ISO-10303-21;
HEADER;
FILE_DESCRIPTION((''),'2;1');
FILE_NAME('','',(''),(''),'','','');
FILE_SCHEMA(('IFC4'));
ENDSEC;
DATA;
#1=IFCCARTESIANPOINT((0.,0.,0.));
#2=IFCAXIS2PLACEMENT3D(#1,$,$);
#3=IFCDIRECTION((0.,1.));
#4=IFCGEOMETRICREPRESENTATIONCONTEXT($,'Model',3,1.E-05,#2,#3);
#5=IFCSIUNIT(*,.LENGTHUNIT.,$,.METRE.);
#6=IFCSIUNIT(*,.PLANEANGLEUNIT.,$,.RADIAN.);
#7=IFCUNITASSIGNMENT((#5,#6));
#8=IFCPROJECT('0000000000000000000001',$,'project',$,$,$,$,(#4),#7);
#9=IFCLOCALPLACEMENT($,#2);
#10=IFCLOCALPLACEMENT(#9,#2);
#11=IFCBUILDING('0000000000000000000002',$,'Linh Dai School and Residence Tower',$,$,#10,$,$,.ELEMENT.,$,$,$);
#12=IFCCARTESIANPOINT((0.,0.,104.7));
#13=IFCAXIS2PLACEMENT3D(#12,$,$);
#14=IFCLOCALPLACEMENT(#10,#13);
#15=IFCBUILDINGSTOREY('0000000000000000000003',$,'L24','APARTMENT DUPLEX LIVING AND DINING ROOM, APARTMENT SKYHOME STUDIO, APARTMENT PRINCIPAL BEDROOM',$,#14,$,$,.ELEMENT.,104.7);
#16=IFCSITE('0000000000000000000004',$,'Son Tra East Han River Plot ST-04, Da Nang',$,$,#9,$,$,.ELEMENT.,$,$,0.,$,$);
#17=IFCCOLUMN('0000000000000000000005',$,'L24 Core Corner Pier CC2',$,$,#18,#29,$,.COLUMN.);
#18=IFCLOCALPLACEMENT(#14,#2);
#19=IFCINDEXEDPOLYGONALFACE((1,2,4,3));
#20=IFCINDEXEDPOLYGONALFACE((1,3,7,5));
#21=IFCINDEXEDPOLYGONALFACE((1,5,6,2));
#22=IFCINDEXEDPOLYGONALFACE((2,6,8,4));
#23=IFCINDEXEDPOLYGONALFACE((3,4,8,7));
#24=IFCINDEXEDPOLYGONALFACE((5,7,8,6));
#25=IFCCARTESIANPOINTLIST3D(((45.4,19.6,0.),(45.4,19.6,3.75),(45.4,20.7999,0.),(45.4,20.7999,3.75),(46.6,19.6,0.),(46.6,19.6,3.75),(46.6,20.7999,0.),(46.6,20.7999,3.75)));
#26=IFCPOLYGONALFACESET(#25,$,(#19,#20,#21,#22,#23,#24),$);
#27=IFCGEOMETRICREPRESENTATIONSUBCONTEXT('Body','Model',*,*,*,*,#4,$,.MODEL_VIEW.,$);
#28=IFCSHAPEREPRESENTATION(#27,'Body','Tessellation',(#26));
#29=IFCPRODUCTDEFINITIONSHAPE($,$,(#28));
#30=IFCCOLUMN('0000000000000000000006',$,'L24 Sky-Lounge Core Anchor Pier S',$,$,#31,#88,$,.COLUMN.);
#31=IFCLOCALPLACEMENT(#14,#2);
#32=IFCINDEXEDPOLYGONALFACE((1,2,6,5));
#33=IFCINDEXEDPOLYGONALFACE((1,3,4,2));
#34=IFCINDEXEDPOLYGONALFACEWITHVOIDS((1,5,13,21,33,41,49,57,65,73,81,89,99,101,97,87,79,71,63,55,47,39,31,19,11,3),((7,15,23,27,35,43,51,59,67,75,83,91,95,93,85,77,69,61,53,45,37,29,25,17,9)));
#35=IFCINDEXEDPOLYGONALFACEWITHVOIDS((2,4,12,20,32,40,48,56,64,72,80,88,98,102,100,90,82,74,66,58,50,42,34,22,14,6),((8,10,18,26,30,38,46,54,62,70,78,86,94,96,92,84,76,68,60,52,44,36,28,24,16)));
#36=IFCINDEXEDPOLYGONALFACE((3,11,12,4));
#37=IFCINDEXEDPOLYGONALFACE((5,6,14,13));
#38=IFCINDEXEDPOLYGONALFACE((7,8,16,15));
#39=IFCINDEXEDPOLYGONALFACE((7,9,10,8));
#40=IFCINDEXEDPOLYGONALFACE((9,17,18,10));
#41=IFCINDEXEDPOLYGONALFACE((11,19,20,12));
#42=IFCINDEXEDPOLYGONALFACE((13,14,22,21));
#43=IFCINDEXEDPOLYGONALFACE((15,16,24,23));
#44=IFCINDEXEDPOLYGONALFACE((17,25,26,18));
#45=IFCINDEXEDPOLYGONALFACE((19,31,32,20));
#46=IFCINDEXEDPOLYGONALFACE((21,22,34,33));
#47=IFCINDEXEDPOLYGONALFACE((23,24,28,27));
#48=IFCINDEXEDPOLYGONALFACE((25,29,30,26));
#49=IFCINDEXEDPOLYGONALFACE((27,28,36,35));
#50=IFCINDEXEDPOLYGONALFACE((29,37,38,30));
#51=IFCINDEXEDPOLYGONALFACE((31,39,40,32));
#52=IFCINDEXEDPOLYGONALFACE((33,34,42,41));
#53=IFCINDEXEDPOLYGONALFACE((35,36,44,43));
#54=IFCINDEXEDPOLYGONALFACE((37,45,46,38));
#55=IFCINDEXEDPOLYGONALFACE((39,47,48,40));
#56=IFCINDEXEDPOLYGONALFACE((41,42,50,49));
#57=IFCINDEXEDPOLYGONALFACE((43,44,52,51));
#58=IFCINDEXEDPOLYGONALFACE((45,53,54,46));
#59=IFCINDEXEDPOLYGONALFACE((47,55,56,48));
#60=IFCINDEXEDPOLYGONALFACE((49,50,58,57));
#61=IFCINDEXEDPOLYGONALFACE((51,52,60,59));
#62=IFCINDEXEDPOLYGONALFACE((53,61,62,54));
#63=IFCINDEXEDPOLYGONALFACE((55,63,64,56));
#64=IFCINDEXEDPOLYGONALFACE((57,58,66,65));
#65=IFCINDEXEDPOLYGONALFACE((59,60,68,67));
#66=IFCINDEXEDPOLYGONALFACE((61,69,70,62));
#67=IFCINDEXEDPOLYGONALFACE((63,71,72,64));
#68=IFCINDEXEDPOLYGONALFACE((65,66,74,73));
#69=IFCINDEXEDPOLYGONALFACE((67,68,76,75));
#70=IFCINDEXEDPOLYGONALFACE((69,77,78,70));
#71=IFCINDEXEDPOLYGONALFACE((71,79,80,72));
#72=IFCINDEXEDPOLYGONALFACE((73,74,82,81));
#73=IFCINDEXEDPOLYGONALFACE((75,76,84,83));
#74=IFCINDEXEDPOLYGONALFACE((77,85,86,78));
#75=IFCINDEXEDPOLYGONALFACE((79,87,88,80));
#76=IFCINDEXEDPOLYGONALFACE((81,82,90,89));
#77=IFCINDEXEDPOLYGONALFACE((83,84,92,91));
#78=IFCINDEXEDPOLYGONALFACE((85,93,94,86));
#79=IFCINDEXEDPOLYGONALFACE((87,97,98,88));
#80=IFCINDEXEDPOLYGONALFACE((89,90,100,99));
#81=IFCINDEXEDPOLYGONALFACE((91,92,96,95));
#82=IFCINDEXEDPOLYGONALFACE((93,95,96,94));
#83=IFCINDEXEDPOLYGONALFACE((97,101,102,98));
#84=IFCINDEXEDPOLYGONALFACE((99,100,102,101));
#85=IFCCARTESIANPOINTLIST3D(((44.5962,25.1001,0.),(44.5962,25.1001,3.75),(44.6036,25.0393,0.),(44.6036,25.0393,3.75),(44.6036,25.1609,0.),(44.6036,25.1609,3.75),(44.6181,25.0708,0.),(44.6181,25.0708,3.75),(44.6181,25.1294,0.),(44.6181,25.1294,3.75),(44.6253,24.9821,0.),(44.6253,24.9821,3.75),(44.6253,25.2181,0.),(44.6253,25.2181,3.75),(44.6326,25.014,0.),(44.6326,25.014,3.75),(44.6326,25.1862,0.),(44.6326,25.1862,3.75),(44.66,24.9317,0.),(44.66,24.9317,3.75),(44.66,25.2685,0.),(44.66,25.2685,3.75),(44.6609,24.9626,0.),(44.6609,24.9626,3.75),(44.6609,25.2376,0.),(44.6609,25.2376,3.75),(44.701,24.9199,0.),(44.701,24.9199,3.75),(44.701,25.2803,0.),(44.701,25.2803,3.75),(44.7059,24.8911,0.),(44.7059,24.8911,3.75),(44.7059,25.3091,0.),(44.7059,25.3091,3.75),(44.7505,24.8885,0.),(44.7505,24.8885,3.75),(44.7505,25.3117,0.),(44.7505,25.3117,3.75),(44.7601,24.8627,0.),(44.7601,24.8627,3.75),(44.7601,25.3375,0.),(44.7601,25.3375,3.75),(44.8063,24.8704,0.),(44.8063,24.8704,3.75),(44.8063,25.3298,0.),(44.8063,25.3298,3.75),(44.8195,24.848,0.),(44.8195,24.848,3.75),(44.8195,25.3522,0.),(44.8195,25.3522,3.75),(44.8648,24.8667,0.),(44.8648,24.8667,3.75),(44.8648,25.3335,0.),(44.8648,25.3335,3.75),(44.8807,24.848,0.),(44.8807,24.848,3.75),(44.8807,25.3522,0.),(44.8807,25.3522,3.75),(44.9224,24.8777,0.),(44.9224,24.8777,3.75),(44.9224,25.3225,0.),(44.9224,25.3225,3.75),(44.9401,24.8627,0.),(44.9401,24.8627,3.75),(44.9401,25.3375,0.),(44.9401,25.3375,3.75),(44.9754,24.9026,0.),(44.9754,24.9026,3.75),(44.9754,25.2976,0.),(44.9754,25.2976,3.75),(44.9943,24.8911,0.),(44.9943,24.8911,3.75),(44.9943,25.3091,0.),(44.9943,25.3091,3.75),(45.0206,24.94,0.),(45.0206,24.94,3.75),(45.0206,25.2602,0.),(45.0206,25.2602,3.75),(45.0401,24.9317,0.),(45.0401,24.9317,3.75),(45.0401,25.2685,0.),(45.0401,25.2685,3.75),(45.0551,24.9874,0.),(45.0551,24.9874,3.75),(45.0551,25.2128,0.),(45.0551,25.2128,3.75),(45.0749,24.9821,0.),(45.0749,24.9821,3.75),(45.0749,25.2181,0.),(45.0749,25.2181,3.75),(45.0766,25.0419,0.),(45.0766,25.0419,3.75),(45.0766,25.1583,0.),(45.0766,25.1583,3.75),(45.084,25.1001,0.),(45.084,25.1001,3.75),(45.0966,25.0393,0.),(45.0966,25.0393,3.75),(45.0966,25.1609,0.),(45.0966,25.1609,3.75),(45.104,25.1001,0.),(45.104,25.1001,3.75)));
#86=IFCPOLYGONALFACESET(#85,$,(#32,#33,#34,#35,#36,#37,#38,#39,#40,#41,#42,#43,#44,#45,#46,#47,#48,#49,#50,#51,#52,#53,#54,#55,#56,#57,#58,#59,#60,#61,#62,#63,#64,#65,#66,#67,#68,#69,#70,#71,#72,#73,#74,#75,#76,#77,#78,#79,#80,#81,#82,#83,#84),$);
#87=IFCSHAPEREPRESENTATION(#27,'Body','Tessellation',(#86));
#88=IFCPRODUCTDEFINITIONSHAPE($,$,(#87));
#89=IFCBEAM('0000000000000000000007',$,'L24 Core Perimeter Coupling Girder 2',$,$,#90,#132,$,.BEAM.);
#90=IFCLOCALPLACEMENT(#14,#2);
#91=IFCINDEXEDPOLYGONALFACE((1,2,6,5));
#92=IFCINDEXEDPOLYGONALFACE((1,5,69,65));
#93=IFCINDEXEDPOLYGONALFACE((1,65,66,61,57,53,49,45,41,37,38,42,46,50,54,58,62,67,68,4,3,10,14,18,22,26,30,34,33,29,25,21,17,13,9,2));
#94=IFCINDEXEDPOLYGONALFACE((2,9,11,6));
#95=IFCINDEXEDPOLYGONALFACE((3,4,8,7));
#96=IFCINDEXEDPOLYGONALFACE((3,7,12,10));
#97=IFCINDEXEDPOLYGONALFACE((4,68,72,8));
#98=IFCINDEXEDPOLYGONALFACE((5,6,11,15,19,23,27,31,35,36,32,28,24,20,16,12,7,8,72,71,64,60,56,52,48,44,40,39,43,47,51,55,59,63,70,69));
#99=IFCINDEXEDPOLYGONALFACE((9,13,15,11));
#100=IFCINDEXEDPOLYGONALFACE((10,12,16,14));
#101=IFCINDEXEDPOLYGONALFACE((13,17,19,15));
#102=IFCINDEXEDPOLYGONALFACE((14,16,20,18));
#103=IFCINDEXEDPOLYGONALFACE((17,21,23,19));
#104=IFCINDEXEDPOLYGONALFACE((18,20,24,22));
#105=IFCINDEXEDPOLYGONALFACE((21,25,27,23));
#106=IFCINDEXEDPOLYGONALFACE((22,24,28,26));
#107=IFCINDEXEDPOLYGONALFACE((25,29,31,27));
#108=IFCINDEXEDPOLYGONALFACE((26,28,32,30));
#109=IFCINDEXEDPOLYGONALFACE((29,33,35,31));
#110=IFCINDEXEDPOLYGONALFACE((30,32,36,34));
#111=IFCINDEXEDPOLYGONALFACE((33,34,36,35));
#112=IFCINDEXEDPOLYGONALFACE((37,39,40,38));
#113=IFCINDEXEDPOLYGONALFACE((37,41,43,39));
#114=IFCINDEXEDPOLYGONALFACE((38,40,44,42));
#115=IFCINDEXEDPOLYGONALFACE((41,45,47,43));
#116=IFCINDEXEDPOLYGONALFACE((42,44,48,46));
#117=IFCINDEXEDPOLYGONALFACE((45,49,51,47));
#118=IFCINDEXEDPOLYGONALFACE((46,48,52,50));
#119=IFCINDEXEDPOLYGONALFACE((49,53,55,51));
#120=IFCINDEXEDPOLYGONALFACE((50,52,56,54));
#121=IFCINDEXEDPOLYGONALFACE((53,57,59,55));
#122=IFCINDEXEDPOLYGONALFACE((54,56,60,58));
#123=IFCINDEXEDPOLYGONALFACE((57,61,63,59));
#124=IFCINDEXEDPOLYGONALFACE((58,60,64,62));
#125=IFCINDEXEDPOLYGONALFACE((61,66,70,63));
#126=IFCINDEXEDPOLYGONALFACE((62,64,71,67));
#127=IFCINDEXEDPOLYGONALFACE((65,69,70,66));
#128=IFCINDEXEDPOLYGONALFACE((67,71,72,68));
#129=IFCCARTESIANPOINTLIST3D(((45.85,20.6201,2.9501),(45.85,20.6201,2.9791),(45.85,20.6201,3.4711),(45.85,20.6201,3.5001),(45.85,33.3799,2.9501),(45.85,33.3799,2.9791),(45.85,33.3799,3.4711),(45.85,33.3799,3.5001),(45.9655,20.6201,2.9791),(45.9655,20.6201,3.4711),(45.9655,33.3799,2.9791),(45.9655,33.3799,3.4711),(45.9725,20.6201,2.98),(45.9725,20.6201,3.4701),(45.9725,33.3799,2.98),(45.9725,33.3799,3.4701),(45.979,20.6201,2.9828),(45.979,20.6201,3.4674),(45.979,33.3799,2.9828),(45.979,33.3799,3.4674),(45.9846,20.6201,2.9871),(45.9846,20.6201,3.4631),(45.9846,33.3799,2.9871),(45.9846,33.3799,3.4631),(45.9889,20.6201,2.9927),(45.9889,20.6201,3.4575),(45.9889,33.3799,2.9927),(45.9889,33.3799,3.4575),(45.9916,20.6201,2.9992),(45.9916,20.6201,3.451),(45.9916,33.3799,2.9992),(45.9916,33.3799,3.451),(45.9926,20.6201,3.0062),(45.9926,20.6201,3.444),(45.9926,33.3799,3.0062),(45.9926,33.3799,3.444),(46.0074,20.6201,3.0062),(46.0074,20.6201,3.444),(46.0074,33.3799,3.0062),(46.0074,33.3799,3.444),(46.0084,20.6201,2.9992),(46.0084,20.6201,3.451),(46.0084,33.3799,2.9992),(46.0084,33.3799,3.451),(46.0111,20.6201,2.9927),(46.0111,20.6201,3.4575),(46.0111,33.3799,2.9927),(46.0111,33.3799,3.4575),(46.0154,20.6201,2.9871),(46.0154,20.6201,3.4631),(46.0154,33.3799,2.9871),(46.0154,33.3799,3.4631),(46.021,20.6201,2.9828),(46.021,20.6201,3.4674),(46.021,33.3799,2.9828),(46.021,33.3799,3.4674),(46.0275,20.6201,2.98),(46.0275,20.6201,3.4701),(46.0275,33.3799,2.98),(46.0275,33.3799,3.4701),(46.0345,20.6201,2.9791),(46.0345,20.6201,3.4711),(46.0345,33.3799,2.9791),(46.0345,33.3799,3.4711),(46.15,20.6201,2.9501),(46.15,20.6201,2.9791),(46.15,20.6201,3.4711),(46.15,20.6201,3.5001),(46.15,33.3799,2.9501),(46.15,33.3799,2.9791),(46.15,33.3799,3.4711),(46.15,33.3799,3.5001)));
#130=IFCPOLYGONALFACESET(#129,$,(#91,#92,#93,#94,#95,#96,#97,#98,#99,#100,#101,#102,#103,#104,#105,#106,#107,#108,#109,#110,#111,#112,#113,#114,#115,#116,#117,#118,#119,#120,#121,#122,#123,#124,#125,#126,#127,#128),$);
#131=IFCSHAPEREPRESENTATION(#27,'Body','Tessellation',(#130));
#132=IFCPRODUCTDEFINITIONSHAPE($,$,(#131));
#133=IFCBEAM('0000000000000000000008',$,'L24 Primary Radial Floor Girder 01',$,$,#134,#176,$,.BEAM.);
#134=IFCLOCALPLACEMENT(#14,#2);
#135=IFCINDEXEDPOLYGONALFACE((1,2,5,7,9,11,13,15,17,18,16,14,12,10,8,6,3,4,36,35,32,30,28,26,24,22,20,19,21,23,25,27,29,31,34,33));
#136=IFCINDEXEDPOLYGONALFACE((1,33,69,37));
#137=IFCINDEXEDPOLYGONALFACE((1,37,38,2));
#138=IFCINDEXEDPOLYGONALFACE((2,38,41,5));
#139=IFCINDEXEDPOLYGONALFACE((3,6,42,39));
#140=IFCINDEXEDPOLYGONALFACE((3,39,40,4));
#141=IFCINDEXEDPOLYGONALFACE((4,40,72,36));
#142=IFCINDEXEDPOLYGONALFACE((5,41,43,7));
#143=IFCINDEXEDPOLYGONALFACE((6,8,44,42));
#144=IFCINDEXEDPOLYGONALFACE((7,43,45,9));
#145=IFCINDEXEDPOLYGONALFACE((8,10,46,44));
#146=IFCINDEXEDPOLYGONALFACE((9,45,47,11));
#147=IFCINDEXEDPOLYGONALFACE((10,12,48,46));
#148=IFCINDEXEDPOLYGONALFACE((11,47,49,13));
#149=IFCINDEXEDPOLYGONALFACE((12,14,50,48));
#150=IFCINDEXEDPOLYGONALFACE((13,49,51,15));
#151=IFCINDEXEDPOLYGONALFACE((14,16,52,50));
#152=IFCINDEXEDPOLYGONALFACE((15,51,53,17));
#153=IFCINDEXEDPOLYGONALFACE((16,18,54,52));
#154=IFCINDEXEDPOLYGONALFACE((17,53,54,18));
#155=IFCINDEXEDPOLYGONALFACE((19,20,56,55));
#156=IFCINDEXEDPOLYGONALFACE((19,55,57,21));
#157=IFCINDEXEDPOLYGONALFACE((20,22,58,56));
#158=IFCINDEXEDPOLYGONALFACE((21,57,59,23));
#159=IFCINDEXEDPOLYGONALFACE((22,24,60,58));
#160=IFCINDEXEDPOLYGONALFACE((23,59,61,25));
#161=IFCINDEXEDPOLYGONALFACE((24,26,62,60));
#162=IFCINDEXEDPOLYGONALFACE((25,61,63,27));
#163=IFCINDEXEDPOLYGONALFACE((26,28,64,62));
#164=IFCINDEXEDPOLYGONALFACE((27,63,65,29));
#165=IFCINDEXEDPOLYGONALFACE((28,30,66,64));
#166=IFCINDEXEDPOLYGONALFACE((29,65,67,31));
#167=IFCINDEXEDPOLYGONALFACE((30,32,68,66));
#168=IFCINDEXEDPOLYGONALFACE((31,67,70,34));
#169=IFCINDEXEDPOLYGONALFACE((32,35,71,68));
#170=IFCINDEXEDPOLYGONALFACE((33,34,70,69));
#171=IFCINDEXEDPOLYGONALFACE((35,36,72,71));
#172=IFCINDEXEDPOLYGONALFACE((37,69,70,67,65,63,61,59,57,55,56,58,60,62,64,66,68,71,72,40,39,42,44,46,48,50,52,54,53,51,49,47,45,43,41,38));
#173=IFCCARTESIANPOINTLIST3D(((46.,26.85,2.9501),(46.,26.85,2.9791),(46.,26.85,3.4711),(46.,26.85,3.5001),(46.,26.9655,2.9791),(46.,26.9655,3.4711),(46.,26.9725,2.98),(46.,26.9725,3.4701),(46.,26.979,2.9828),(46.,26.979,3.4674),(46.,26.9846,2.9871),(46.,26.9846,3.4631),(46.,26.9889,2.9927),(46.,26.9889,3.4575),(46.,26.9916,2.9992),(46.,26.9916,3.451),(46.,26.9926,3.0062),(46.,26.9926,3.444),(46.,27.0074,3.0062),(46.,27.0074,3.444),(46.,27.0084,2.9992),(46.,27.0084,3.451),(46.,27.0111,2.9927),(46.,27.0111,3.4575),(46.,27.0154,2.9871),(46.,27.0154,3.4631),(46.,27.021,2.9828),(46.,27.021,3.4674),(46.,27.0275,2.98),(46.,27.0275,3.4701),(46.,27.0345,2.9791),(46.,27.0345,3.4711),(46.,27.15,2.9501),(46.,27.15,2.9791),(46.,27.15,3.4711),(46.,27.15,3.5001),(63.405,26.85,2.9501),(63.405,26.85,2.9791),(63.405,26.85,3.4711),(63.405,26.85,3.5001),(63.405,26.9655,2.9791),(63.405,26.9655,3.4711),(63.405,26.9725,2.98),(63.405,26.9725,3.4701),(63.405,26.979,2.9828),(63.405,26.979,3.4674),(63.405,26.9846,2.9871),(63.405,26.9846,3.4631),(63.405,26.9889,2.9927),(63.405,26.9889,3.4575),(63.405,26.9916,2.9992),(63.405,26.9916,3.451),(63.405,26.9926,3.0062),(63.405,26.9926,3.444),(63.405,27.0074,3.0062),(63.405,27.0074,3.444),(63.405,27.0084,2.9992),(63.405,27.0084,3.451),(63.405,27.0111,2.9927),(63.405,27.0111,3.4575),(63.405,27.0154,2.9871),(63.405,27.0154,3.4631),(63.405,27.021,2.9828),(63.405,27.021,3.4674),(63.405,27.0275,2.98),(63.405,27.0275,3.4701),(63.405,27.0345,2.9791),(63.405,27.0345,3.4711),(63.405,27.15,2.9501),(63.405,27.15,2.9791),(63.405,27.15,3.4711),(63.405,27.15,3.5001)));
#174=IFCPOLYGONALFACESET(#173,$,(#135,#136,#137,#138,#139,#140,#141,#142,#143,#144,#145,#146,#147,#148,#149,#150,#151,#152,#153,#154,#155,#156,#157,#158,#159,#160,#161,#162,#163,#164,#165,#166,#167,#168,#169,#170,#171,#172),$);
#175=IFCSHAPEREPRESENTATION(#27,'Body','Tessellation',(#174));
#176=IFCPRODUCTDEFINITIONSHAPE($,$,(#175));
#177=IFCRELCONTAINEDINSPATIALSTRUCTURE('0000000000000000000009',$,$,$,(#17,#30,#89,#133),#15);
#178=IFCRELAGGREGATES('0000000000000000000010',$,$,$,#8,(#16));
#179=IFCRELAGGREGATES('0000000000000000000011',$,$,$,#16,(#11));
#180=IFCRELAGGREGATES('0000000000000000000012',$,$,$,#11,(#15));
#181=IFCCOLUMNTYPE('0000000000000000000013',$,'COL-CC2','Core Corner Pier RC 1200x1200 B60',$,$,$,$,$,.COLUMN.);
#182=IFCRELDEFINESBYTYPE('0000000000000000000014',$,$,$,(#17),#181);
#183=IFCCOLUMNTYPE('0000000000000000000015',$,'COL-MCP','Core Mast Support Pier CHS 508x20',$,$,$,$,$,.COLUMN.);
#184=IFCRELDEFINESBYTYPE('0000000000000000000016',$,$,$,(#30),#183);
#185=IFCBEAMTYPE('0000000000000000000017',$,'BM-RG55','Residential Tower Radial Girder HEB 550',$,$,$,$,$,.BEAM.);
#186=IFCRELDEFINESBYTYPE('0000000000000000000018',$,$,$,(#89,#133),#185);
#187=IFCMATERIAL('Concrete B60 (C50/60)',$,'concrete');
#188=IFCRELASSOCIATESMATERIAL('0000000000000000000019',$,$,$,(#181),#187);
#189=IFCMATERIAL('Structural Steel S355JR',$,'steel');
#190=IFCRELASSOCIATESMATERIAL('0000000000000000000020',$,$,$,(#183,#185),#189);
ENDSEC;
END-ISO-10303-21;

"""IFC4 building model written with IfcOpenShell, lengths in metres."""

from ifc_helpers import new_model, si_unit, direction, frame, origin, origin_2d, place, context, subcontext, project, spatial, rectangle, hollow_circle, i_section, extrude, material, material_profile, profile_set, type_object, element, save


model = new_model("IFC4")

# Units and contexts
model_context = context("Model", 3, precision=1e-05, world=origin(), true_north=direction((0.0, 1.0)))
body_context = subcontext(model_context, "Body", "Model", "MODEL_VIEW")
ifc_project = project(units=[si_unit("LENGTHUNIT", "METRE"), si_unit("PLANEANGLEUNIT", "RADIAN")], contexts=[model_context])

# Site, building, storey
site_placement = place(None, origin())
site = spatial("IfcSite", under=ifc_project, at=site_placement, Name="Son Tra East Han River Plot ST-04, Da Nang", CompositionType="ELEMENT", RefElevation=0.0)
building_placement = place(site_placement, origin())
building = spatial("IfcBuilding", under=site, at=building_placement, Name="Linh Dai School and Residence Tower", CompositionType="ELEMENT")
storey_placement = place(building_placement, frame((0.0, 0.0, 104.7)))
storey = spatial("IfcBuildingStorey", under=building, at=storey_placement, Name="L24", Description="APARTMENT DUPLEX LIVING AND DINING ROOM, APARTMENT SKYHOME STUDIO, APARTMENT PRINCIPAL BEDROOM", CompositionType="ELEMENT", Elevation=104.7)

# Columns
ifc_material_1 = material(Name="Concrete B60 (C50/60)", Category="concrete")
ifc_material_profile_1 = material_profile(ifc_material_1, rectangle(XDim=1.2, YDim=1.2, at=origin_2d()), Name="RC 1200x1200")
ifc_profile_set_1 = profile_set([ifc_material_profile_1], Name="Concrete B60 (C50/60)")
column_type_1 = type_object("IfcColumnType", Name="COL-CC2", Description="Core Corner Pier RC 1200x1200 B60", PredefinedType="COLUMN", material=ifc_profile_set_1)
column_1_placement = place(storey_placement, frame((46.0, 20.2, 0.0), z_axis=(0.0, 0.0, 1.0), x_axis=(1.0, 0.0, 0.0)))
element("IfcColumn", 1, at=column_1_placement, inside=storey, type_object=column_type_1, Name="L24 Core Corner Pier CC2", PredefinedType="COLUMN", context=body_context, shape_type="SweptSolid", body=[
    extrude(rectangle(XDim=1.2, YDim=1.2, at=origin_2d()), origin(), (0.0, 0.0, 1.0), 3.75),
])
ifc_material_2 = material(Name="Structural Steel S355JR", Category="steel")
ifc_material_profile_2 = material_profile(ifc_material_2, hollow_circle(Radius=0.2539, WallThickness=0.02, at=origin_2d()), Name="CHS 508x20")
ifc_profile_set_2 = profile_set([ifc_material_profile_2], Name="Structural Steel S355JR")
column_type_2 = type_object("IfcColumnType", Name="COL-MCP", Description="Core Mast Support Pier CHS 508x20", PredefinedType="COLUMN", material=ifc_profile_set_2)
column_2_placement = place(storey_placement, frame((44.8501, 25.1001, 0.0), z_axis=(0.0, 0.0, 1.0), x_axis=(1.0, 0.0, 0.0)))
element("IfcColumn", 2, at=column_2_placement, inside=storey, type_object=column_type_2, Name="L24 Sky-Lounge Core Anchor Pier S", PredefinedType="COLUMN", context=body_context, shape_type="SweptSolid", body=[
    extrude(hollow_circle(Radius=0.2539, WallThickness=0.02, at=origin_2d()), origin(), (0.0, 0.0, 1.0), 3.75),
])

# Beams
ifc_material_profile_3 = material_profile(ifc_material_2, i_section(OverallWidth=0.3, OverallDepth=0.55, WebThickness=0.0149, FlangeThickness=0.0291, FilletRadius=0.0271, at=origin_2d()), Name="HEB 550")
ifc_profile_set_3 = profile_set([ifc_material_profile_3], Name="Structural Steel S355JR")
beam_type_1 = type_object("IfcBeamType", Name="BM-RG55", Description="Residential Tower Radial Girder HEB 550", PredefinedType="BEAM", material=ifc_profile_set_3)
beam_1_placement = place(storey_placement, frame((46.0, 20.6201, 3.2251), z_axis=(0.0, 1.0, 0.0), x_axis=(-1.0, 0.0, 0.0)))
element("IfcBeam", 3, at=beam_1_placement, inside=storey, type_object=beam_type_1, Name="L24 Core Perimeter Coupling Girder 2", PredefinedType="BEAM", context=body_context, shape_type="SweptSolid", body=[
    extrude(i_section(OverallWidth=0.3, OverallDepth=0.55, WebThickness=0.0149, FlangeThickness=0.0291, FilletRadius=0.0271, at=origin_2d()), origin(), (0.0, 0.0, 1.0), 12.7598),
])
beam_2_placement = place(storey_placement, frame((46.0, 27.0, 3.2251), z_axis=(1.0, 0.0, 0.0), x_axis=(0.0, 1.0, 0.0)))
element("IfcBeam", 4, at=beam_2_placement, inside=storey, type_object=beam_type_1, Name="L24 Primary Radial Floor Girder 01", PredefinedType="BEAM", context=body_context, shape_type="SweptSolid", body=[
    extrude(i_section(OverallWidth=0.3, OverallDepth=0.55, WebThickness=0.0149, FlangeThickness=0.0291, FilletRadius=0.0271, at=origin_2d()), origin(), (0.0, 0.0, 1.0), 17.405),
])

save(model, "model.ifc")
